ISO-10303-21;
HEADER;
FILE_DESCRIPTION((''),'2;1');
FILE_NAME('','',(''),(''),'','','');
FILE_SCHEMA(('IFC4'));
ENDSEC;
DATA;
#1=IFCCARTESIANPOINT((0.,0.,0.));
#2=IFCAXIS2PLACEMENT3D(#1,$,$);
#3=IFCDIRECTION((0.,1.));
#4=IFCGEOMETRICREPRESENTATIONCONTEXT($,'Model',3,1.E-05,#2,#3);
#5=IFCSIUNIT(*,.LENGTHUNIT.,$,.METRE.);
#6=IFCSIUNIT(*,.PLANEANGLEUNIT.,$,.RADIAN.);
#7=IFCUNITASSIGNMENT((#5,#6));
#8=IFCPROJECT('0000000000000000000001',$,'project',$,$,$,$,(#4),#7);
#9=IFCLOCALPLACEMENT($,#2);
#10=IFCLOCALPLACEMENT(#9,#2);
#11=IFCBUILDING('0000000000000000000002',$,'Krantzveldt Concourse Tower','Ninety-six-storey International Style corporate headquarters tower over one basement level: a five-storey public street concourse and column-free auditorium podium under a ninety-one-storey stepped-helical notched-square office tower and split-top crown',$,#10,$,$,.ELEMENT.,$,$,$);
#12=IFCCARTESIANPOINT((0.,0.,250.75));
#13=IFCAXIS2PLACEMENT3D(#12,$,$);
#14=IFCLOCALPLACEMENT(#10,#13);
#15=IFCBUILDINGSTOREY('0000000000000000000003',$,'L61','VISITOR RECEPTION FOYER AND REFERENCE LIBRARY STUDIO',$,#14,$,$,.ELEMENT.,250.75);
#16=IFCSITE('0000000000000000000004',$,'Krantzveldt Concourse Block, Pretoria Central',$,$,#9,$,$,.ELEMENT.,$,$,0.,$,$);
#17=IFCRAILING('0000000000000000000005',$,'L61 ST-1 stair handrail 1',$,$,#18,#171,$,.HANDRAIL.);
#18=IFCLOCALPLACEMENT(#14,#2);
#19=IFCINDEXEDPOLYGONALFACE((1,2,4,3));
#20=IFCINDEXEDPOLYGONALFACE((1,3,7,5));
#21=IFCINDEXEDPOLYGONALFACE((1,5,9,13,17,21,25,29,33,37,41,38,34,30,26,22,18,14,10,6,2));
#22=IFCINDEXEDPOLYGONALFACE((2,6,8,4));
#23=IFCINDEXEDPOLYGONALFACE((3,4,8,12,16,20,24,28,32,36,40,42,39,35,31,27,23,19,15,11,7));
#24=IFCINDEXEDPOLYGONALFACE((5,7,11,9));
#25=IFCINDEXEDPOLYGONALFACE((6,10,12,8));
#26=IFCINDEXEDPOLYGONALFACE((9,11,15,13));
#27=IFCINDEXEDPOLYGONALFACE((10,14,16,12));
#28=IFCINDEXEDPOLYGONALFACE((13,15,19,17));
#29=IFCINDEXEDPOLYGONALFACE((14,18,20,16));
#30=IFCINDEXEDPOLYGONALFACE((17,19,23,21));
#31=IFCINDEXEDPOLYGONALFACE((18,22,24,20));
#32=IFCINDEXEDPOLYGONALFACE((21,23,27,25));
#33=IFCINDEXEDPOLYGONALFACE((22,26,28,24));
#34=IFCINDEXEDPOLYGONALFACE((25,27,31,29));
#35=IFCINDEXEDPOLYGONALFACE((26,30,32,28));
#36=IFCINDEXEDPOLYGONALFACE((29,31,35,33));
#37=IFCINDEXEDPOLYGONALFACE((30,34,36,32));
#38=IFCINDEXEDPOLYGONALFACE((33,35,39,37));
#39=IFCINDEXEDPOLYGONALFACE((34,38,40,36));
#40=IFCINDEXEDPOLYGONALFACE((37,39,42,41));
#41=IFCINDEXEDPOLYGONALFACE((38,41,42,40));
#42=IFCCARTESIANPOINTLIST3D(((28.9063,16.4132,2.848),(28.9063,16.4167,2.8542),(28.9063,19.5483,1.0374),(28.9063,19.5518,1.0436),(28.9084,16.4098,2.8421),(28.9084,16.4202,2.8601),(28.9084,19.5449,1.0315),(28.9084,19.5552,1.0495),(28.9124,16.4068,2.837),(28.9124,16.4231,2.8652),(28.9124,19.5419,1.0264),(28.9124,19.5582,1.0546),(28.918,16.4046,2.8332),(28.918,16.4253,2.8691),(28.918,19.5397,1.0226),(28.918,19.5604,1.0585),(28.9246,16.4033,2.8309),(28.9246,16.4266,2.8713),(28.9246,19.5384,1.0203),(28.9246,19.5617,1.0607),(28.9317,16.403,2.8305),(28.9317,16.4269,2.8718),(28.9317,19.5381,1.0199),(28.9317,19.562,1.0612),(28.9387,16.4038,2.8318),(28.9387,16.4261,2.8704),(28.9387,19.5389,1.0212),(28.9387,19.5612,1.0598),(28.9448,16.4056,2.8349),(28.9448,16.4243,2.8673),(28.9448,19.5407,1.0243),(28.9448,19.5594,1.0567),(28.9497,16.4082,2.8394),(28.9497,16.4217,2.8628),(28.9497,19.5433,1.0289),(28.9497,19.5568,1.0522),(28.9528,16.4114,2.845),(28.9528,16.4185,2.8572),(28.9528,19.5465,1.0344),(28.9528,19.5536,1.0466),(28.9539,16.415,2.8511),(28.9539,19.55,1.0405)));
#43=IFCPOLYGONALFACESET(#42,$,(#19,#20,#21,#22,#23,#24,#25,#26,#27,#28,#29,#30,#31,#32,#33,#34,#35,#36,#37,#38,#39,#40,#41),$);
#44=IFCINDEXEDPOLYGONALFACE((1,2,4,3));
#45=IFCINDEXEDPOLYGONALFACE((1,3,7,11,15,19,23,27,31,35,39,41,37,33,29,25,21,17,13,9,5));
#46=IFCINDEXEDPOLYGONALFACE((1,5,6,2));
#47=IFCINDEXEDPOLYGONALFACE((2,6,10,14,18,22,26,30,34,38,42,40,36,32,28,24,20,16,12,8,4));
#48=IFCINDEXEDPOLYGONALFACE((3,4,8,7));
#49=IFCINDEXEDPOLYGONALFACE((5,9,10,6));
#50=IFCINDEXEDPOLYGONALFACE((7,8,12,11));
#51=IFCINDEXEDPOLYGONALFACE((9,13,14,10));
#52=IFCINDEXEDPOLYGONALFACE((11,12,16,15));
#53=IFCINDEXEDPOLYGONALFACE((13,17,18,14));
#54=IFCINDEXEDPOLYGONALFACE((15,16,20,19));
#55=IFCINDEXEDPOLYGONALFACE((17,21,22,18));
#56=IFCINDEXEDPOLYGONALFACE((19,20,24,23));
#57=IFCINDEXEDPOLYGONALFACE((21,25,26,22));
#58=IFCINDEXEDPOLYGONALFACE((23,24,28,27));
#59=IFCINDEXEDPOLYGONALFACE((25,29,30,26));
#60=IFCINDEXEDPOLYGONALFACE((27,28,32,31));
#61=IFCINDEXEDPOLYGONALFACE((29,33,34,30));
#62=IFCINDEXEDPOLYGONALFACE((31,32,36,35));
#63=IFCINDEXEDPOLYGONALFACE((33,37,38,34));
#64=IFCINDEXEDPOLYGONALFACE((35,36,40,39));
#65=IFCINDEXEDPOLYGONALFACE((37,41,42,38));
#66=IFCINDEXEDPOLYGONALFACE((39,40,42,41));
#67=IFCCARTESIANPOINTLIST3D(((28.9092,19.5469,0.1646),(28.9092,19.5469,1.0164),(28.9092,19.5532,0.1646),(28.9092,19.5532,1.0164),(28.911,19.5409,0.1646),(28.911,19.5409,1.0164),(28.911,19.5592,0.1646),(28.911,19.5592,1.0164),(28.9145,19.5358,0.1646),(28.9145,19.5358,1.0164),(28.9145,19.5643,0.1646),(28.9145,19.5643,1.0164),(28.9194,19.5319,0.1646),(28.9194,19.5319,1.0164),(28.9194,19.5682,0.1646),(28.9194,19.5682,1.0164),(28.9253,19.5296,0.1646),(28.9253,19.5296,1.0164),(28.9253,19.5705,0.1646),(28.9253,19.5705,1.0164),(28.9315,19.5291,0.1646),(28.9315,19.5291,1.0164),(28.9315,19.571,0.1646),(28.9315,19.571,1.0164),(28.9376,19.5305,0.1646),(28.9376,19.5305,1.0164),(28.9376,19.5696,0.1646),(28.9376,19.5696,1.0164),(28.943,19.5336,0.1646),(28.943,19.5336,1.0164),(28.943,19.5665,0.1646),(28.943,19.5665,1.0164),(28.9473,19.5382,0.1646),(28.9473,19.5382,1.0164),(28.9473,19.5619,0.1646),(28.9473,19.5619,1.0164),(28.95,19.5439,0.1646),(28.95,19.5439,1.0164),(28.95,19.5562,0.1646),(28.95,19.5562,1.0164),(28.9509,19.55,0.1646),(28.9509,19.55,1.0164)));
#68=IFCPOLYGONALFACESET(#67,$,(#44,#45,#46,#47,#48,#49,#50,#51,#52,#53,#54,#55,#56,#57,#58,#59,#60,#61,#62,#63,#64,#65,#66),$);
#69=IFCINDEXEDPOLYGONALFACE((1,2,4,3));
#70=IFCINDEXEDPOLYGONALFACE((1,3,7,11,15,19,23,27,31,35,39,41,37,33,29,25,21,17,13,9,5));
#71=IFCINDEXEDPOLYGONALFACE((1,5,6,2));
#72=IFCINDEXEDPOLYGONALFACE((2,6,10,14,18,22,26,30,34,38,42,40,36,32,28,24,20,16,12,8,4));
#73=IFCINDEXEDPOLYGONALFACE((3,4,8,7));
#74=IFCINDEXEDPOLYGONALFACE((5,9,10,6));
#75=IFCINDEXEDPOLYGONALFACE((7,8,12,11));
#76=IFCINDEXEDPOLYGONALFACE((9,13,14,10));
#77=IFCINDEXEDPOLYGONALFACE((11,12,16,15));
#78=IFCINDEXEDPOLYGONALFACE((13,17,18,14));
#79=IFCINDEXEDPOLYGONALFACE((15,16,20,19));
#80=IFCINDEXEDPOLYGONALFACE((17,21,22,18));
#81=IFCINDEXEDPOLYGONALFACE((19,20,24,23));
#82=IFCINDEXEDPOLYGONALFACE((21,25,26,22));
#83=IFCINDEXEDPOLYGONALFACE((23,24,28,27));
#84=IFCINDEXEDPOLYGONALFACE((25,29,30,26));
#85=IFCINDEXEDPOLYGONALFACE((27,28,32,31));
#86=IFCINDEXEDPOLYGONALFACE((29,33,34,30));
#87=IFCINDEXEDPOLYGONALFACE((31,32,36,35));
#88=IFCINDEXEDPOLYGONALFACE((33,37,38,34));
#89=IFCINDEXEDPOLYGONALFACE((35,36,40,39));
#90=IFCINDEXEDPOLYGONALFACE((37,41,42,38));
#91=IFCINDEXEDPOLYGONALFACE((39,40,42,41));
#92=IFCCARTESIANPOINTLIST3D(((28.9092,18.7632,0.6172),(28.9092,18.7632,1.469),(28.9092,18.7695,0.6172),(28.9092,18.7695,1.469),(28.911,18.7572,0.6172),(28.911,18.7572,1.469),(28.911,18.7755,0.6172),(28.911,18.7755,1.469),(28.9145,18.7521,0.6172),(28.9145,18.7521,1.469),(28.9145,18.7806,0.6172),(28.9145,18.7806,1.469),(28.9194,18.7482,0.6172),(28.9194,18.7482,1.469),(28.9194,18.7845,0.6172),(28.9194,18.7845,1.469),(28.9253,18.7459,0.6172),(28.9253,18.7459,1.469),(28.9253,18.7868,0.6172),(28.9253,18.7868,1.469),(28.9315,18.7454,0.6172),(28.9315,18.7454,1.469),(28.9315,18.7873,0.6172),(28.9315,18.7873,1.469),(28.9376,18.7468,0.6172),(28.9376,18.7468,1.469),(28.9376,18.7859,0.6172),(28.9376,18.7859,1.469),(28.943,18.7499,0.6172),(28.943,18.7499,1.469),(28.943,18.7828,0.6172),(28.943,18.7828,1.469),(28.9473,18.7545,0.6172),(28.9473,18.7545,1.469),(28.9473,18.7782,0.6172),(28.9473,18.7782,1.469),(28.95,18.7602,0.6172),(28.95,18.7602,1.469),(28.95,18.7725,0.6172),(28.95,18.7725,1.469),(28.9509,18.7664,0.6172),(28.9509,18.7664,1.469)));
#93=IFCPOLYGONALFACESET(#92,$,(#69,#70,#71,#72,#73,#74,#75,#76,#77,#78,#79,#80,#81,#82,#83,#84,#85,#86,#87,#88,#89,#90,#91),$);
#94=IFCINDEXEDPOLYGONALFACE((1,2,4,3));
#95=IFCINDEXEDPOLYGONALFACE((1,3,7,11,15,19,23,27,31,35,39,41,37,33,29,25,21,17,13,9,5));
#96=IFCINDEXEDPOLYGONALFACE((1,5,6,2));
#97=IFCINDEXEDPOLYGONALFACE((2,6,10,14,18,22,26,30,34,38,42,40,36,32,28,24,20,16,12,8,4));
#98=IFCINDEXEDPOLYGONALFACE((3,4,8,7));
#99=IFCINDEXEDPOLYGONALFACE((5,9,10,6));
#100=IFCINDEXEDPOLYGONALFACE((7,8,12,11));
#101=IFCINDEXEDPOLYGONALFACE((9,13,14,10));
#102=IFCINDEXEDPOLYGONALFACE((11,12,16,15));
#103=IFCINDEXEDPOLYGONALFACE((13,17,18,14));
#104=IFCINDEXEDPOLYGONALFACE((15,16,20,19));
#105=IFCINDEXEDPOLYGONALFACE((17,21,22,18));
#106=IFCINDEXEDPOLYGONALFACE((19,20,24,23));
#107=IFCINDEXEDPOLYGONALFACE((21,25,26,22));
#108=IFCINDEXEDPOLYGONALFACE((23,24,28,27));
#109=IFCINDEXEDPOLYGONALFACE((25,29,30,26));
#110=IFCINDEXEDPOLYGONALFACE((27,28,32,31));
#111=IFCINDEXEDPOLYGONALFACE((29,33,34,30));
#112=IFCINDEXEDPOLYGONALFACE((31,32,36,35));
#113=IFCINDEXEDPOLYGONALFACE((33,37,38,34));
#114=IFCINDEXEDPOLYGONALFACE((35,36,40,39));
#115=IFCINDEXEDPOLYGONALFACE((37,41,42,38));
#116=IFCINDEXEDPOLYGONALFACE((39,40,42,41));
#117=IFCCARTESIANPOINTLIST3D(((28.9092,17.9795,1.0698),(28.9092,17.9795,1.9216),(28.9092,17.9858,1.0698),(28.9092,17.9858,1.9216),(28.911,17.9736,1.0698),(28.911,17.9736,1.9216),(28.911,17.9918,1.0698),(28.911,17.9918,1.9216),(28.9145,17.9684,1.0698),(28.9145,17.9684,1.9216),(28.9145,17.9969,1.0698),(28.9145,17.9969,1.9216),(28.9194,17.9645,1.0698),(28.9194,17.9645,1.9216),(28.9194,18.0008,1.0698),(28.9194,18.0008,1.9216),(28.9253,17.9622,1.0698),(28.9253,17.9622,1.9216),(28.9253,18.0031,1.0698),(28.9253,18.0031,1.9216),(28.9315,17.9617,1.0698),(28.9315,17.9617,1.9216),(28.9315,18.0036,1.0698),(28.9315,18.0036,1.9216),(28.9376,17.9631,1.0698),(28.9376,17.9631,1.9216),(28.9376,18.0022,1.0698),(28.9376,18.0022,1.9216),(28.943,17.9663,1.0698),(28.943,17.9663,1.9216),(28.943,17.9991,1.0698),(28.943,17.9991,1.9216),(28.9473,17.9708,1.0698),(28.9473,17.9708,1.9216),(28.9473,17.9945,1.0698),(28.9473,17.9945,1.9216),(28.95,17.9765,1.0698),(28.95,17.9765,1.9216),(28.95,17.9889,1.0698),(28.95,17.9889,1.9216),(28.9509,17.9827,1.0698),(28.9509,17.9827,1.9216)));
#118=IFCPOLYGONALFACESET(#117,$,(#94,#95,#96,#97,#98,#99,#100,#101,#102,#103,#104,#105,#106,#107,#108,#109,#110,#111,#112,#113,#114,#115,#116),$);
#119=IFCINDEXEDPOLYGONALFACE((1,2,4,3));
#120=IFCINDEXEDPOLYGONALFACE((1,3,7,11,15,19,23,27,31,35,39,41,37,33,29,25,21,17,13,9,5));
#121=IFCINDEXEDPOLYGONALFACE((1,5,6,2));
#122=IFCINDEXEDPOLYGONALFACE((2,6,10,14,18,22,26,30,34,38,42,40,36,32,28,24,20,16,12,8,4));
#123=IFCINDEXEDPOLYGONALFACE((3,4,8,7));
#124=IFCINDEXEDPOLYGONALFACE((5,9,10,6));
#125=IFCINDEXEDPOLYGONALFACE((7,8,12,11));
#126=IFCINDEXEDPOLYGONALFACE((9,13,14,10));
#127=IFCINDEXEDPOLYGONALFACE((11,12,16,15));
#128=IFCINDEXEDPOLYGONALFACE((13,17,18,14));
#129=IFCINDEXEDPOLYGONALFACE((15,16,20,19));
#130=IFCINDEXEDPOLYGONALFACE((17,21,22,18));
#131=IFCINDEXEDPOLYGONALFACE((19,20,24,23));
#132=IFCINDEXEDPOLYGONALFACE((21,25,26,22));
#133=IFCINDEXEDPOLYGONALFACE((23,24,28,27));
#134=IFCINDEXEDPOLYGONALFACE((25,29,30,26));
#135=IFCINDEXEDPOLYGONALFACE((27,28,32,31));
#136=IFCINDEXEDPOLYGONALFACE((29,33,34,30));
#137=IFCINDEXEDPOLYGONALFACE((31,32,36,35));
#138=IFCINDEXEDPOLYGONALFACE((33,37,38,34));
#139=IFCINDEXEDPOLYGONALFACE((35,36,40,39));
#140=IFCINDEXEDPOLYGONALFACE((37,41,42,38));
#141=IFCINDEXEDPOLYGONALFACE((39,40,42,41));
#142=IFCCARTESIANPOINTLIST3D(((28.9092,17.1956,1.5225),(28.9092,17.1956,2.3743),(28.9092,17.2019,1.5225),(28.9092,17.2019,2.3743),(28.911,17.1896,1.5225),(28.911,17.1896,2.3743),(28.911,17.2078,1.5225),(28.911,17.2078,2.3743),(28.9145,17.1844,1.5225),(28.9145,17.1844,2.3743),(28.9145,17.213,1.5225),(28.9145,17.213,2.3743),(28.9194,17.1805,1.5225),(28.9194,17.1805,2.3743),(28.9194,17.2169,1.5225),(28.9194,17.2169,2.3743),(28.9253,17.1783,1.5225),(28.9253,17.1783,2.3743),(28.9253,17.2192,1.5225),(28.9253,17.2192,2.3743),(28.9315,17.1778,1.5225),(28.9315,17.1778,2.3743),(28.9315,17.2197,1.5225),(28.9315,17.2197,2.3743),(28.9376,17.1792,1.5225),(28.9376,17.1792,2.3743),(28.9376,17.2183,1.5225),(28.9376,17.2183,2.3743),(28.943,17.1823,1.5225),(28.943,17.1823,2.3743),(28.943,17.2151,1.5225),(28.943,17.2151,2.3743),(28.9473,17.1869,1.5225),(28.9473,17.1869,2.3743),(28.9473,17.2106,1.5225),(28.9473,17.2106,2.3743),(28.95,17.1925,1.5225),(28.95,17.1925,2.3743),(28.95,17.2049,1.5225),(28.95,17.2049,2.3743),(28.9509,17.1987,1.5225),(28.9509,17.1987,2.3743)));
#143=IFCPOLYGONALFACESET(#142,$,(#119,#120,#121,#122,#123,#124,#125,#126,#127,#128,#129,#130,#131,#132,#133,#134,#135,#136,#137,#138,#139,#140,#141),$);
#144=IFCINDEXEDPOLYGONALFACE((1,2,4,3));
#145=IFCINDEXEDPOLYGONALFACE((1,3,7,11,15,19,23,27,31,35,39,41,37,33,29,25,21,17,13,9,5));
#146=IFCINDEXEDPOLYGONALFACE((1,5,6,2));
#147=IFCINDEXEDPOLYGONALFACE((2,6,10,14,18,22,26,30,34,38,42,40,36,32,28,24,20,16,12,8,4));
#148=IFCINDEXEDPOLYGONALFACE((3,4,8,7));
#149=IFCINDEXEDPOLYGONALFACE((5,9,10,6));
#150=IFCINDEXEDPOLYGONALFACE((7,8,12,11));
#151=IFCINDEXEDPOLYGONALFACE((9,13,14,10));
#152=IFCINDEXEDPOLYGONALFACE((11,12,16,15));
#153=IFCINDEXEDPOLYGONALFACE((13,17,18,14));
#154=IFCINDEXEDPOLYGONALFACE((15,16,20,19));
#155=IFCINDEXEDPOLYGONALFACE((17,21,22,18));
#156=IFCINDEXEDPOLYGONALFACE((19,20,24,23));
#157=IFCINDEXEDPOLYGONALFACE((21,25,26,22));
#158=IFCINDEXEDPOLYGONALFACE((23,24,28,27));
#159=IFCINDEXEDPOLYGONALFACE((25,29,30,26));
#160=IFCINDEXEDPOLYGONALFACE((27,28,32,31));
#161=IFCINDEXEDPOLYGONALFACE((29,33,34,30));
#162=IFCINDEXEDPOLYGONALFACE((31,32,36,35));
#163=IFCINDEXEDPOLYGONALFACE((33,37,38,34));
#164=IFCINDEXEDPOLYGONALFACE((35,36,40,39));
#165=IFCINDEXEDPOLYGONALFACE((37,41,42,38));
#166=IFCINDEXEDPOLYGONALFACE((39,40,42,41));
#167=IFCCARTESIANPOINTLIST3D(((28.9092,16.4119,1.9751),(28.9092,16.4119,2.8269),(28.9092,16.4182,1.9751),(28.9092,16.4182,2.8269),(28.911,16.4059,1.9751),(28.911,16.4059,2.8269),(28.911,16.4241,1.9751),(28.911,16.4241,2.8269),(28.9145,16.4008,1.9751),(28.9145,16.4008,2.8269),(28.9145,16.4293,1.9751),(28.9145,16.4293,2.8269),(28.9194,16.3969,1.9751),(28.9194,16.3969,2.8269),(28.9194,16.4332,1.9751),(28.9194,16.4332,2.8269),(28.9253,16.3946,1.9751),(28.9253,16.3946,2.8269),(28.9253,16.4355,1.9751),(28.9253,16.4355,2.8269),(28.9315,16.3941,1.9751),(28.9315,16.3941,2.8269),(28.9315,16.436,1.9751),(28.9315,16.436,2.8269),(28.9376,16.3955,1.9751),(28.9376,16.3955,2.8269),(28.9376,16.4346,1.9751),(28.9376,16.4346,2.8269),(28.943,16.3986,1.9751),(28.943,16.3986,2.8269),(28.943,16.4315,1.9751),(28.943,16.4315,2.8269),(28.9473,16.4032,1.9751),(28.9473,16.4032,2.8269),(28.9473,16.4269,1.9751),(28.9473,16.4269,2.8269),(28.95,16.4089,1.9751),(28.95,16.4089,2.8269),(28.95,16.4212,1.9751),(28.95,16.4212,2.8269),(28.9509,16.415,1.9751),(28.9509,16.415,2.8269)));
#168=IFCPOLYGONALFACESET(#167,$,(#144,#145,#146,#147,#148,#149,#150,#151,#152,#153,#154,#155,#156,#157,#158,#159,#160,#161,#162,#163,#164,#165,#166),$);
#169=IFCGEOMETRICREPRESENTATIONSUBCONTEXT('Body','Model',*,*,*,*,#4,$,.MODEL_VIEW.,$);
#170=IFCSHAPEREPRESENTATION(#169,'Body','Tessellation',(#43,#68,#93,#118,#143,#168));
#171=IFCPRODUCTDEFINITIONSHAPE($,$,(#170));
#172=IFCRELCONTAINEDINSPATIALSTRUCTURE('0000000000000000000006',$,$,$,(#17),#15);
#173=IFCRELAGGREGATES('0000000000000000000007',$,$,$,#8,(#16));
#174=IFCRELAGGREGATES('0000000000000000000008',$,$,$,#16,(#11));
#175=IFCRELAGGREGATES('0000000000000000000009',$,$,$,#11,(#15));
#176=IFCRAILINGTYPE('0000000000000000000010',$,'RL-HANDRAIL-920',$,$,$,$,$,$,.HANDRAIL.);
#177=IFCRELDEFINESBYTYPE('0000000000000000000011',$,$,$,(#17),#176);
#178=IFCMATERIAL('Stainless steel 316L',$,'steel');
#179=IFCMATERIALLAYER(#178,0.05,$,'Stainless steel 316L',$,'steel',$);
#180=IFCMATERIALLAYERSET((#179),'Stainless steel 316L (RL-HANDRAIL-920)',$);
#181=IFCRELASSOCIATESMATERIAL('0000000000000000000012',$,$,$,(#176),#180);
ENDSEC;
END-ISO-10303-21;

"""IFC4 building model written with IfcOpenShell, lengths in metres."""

from ifc_helpers import new_model, si_unit, direction, frame, origin, origin_2d, place, context, subcontext, project, spatial, circle, extrude, material, layer, layer_set, type_object, element, save


model = new_model("IFC4")

# Units and contexts
model_context = context("Model", 3, precision=1e-05, world=origin(), true_north=direction((0.0, 1.0)))
body_context = subcontext(model_context, "Body", "Model", "MODEL_VIEW")
ifc_project = project(units=[si_unit("LENGTHUNIT", "METRE"), si_unit("PLANEANGLEUNIT", "RADIAN")], contexts=[model_context])

# Site, building, storey
site_placement = place(None, origin())
site = spatial("IfcSite", under=ifc_project, at=site_placement, Name="Krantzveldt Concourse Block, Pretoria Central", CompositionType="ELEMENT", RefElevation=0.0)
building_placement = place(site_placement, origin())
building = spatial("IfcBuilding", under=site, at=building_placement, Name="Krantzveldt Concourse Tower", Description="Ninety-six-storey International Style corporate headquarters tower over one basement level: a five-storey public street concourse and column-free auditorium podium under a ninety-one-storey stepped-helical notched-square office tower and split-top crown", CompositionType="ELEMENT")
storey_placement = place(building_placement, frame((0.0, 0.0, 250.75)))
storey = spatial("IfcBuildingStorey", under=building, at=storey_placement, Name="L61", Description="VISITOR RECEPTION FOYER AND REFERENCE LIBRARY STUDIO", CompositionType="ELEMENT", Elevation=250.75)

# Railing
ifc_material_1 = material(Name="Stainless steel 316L", Category="steel")
ifc_layer_1 = layer(ifc_material_1, 0.05, Name="Stainless steel 316L", Category="steel")
ifc_layer_set_1 = layer_set([ifc_layer_1], Name="Stainless steel 316L (RL-HANDRAIL-920)")
railing_type_1 = type_object("IfcRailingType", Name="RL-HANDRAIL-920", PredefinedType="HANDRAIL", material=ifc_layer_set_1)
railing_1_placement = place(storey_placement, frame((28.9299, 19.55, 0.1646)))
element("IfcRailing", 1, at=railing_1_placement, inside=storey, type_object=railing_type_1, Name="L61 ST-1 stair handrail 1", PredefinedType="HANDRAIL", context=body_context, shape_type="SweptSolid", body=[
    extrude(circle(Radius=0.0239, at=origin_2d()), frame((0.0, 0.0, 0.876), z_axis=(0.0, -0.86596, 0.500114), x_axis=(1.0, 0.0, 0.0)), (0.0, 0.0, 1.0), 3.6204),
    extrude(circle(Radius=0.021, at=origin_2d()), origin(), (0.0, 0.0, 1.0), 0.8518),
    extrude(circle(Radius=0.021, at=origin_2d()), frame((0.0, -0.7837, 0.4526)), (0.0, 0.0, 1.0), 0.8518),
    extrude(circle(Radius=0.021, at=origin_2d()), frame((0.0, -1.5674, 0.9053)), (0.0, 0.0, 1.0), 0.8518),
    extrude(circle(Radius=0.021, at=origin_2d()), frame((0.0, -2.3513, 1.3579)), (0.0, 0.0, 1.0), 0.8518),
    extrude(circle(Radius=0.021, at=origin_2d()), frame((0.0, -3.135, 1.8105)), (0.0, 0.0, 1.0), 0.8518),
])

save(model, "model.ifc")
